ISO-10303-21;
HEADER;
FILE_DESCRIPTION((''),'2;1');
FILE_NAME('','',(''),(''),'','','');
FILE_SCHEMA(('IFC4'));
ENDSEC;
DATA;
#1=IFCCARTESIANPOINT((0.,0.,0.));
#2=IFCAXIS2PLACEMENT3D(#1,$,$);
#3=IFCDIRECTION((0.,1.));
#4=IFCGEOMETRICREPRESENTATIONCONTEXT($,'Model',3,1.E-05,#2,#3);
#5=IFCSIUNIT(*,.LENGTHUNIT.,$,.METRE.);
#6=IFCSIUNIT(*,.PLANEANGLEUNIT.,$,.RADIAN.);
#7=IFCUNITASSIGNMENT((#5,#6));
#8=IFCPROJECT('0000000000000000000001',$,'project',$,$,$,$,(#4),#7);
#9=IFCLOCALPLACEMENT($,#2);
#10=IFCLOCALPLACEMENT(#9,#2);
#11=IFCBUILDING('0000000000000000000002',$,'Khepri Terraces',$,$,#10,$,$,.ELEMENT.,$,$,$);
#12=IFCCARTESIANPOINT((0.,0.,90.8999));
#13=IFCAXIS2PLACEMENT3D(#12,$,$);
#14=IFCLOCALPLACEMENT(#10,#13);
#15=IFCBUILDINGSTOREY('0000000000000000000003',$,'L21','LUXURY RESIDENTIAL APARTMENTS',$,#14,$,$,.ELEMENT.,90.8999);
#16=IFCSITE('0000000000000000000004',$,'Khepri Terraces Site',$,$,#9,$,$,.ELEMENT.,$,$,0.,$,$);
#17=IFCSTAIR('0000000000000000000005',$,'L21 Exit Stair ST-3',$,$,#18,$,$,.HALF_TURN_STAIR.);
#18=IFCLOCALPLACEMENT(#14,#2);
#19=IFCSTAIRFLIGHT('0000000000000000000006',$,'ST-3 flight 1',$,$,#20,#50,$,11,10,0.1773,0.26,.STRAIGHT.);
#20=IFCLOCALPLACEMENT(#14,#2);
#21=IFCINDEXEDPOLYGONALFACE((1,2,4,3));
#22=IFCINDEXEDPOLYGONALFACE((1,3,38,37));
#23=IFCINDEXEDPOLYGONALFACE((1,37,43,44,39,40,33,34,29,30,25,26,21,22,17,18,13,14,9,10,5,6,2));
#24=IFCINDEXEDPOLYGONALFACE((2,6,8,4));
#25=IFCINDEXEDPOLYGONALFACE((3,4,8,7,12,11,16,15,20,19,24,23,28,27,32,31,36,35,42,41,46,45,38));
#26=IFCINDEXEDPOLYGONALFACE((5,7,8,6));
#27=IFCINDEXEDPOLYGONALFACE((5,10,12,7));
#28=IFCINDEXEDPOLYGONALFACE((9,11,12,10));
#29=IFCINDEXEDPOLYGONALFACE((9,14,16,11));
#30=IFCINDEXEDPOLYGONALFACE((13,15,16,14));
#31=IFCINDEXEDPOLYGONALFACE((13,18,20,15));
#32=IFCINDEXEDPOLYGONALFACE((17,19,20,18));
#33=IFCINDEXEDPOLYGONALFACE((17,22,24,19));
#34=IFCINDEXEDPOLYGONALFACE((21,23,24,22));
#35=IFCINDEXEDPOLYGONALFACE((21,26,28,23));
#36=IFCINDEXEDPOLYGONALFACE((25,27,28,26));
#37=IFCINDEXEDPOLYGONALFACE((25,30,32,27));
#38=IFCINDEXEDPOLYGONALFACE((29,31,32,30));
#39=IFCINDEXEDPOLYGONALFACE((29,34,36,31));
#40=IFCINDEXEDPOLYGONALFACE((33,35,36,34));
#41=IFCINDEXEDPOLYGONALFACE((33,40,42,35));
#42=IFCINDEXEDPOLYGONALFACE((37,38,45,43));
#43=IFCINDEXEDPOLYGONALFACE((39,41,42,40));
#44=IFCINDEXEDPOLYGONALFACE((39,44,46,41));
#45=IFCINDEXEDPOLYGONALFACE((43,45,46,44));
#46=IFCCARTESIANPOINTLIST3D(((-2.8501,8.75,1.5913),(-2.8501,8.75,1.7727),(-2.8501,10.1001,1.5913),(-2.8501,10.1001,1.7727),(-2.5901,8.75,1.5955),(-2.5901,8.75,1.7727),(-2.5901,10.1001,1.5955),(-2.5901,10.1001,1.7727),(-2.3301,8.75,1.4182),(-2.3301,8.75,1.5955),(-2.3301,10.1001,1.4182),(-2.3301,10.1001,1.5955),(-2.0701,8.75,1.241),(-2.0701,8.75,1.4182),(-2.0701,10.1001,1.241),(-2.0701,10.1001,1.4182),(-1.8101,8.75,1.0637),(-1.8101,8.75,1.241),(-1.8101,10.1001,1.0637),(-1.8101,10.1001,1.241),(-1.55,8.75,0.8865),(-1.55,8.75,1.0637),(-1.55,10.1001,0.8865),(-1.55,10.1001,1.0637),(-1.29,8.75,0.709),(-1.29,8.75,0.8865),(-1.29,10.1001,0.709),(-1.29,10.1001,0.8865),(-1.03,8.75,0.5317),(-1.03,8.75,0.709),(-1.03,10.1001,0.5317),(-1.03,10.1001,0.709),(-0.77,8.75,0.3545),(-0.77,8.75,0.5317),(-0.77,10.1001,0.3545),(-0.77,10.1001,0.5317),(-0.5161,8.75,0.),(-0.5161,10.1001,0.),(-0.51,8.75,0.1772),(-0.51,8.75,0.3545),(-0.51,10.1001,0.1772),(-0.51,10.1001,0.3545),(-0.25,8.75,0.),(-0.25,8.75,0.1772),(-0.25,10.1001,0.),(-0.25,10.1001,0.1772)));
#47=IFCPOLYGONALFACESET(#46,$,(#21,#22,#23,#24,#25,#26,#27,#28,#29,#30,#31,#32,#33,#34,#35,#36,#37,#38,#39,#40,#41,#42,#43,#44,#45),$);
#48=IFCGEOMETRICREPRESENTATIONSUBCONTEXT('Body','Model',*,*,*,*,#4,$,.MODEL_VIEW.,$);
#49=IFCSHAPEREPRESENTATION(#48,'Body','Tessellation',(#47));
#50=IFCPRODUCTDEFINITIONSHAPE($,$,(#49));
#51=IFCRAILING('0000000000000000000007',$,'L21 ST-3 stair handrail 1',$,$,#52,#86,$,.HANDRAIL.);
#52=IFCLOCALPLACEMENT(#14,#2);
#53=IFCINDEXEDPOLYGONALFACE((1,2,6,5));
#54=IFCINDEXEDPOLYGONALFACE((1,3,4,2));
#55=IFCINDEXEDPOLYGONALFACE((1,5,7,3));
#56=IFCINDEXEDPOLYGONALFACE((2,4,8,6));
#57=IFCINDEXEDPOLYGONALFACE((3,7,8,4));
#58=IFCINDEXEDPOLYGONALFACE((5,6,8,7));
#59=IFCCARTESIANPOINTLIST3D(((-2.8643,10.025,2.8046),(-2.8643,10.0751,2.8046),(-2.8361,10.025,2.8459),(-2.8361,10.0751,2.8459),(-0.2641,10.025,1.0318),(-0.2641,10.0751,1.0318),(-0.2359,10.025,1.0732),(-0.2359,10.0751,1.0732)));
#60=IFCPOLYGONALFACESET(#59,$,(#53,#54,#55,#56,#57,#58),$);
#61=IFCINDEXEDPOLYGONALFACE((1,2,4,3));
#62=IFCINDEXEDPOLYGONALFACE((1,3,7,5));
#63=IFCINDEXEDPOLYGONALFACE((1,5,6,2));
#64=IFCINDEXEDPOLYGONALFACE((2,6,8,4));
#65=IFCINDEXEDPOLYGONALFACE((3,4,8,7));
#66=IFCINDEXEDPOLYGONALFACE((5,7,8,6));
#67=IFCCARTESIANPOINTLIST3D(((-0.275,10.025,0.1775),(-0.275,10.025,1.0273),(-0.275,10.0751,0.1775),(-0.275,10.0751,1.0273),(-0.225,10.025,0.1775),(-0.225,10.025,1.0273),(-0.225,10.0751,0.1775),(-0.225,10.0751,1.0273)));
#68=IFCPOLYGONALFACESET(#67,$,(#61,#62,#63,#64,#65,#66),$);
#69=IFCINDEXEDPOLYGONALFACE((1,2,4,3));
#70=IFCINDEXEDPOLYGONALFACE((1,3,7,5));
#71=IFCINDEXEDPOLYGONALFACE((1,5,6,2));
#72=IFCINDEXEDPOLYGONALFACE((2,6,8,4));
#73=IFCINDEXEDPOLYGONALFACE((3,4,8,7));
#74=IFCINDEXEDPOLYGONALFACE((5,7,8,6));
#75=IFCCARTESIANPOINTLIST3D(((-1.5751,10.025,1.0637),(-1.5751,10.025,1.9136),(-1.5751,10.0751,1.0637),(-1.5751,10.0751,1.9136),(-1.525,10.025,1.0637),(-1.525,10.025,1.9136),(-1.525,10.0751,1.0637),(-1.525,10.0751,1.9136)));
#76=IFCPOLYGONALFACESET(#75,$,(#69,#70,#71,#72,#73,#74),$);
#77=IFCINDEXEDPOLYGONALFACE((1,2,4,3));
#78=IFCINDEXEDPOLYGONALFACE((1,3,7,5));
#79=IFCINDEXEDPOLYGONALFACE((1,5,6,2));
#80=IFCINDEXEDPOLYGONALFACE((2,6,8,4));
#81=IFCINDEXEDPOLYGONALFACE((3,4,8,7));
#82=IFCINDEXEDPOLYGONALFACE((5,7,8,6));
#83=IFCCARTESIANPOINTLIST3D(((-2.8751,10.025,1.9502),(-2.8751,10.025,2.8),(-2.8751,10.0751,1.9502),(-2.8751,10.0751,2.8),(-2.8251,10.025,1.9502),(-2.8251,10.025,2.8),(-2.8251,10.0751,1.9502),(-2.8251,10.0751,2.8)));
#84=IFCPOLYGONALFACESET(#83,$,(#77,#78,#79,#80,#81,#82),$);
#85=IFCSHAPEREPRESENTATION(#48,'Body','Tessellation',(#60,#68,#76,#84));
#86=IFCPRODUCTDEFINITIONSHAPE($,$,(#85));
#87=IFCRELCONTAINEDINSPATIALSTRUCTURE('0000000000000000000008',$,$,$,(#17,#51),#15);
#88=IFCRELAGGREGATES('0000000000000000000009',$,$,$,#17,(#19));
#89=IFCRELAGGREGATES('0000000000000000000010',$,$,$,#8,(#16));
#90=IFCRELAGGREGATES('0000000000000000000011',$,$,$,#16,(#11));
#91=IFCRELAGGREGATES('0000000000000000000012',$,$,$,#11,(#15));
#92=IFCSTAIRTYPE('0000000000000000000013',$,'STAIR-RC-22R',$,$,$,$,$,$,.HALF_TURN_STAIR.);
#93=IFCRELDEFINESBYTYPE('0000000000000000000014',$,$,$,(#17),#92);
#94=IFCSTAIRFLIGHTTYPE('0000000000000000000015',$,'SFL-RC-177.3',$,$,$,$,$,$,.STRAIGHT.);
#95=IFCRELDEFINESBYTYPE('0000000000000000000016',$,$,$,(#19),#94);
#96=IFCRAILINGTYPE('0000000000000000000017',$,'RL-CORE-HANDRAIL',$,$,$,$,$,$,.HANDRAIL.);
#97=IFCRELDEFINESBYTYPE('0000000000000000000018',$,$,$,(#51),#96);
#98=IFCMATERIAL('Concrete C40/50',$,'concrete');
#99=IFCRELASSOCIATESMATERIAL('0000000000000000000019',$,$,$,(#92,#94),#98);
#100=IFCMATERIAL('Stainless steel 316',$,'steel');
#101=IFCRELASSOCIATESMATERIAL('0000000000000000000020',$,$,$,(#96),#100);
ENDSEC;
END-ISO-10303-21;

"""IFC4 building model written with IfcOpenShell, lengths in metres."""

from ifc_helpers import new_model, si_unit, direction, frame, origin, origin_2d, place, context, subcontext, project, spatial, polyline, rectangle, outline, extrude, material, type_object, element, aggregate, save


model = new_model("IFC4")

# Units and contexts
model_context = context("Model", 3, precision=1e-05, world=origin(), true_north=direction((0.0, 1.0)))
body_context = subcontext(model_context, "Body", "Model", "MODEL_VIEW")
ifc_project = project(units=[si_unit("LENGTHUNIT", "METRE"), si_unit("PLANEANGLEUNIT", "RADIAN")], contexts=[model_context])

# Site, building, storey
site_placement = place(None, origin())
site = spatial("IfcSite", under=ifc_project, at=site_placement, Name="Khepri Terraces Site", CompositionType="ELEMENT", RefElevation=0.0)
building_placement = place(site_placement, origin())
building = spatial("IfcBuilding", under=site, at=building_placement, Name="Khepri Terraces", CompositionType="ELEMENT")
storey_placement = place(building_placement, frame((0.0, 0.0, 90.8999)))
storey = spatial("IfcBuildingStorey", under=building, at=storey_placement, Name="L21", Description="LUXURY RESIDENTIAL APARTMENTS", CompositionType="ELEMENT", Elevation=90.8999)

# Stair, stair flight
ifc_material_1 = material(Name="Concrete C40/50", Category="concrete")
stair_type = type_object("IfcStairType", Name="STAIR-RC-22R", PredefinedType="HALF_TURN_STAIR", material=ifc_material_1)
stair_placement = place(storey_placement, origin())
stair = element("IfcStair", 1, at=stair_placement, inside=storey, type_object=stair_type, Name="L21 Exit Stair ST-3", PredefinedType="HALF_TURN_STAIR")
stair_flight_type = type_object("IfcStairFlightType", Name="SFL-RC-177.3", PredefinedType="STRAIGHT", material=ifc_material_1)
stair_flight_placement = place(storey_placement, frame((-0.25, 9.425, 0.0), z_axis=(0.0, 0.0, 1.0), x_axis=(-1.0, 0.0, 0.0)))
stair_flight = element("IfcStairFlight", 2, at=stair_flight_placement, type_object=stair_flight_type, Name="ST-3 flight 1", NumberOfRisers=11, NumberOfTreads=10, PredefinedType="STRAIGHT", RiserHeight=0.1773, TreadLength=0.26, context=body_context, shape_type="SweptSolid", body=[
    extrude(outline(polyline([(0.0, 0.0), (0.0, 0.1772), (0.26, 0.1772), (0.26, 0.3545), (0.52, 0.3545), (0.52, 0.5317), (0.78, 0.5317), (0.78, 0.709), (1.04, 0.709), (1.04, 0.8865), (1.3, 0.8865), (1.3, 1.0637), (1.5601, 1.0637), (1.5601, 1.241), (1.8201, 1.241), (1.8201, 1.4182), (2.0801, 1.4182), (2.0801, 1.5955), (2.3401, 1.5955), (2.3401, 1.7727), (2.6001, 1.7727), (2.6001, 1.95), (2.6001, 1.5913), (0.2661, 0.0), (0.0, 0.0)])), frame((0.0, 0.675, 0.0), z_axis=(0.0, -1.0, 0.0), x_axis=(1.0, 0.0, 0.0)), (0.0, 0.0, 1.0), 1.3501),
])
aggregate(stair, [stair_flight])

# Railing
ifc_material_2 = material(Name="Stainless steel 316", Category="steel")
railing_type = type_object("IfcRailingType", Name="RL-CORE-HANDRAIL", PredefinedType="HANDRAIL", material=ifc_material_2)
railing_placement = place(storey_placement, frame((-0.25, 10.05, 0.1775)))
element("IfcRailing", 3, at=railing_placement, inside=storey, type_object=railing_type, Name="L21 ST-3 stair handrail 1", PredefinedType="HANDRAIL", context=body_context, shape_type="SweptSolid", body=[
    extrude(rectangle(XDim=0.05, YDim=0.05, at=origin_2d()), frame((0.0, 0.0, 0.875), z_axis=(-0.82624, 0.0, 0.563318), x_axis=(0.0, -1.0, 0.0)), (0.0, 0.0, 1.0), 3.147),
    extrude(rectangle(XDim=0.05, YDim=0.05, at=origin_2d()), origin(), (0.0, 0.0, 1.0), 0.8499),
    extrude(rectangle(XDim=0.05, YDim=0.05, at=origin_2d()), frame((-1.3, 0.0, 0.8862)), (0.0, 0.0, 1.0), 0.8499),
    extrude(rectangle(XDim=0.05, YDim=0.05, at=origin_2d()), frame((-2.6001, 0.0, 1.7727)), (0.0, 0.0, 1.0), 0.8499),
])

save(model, "model.ifc")
